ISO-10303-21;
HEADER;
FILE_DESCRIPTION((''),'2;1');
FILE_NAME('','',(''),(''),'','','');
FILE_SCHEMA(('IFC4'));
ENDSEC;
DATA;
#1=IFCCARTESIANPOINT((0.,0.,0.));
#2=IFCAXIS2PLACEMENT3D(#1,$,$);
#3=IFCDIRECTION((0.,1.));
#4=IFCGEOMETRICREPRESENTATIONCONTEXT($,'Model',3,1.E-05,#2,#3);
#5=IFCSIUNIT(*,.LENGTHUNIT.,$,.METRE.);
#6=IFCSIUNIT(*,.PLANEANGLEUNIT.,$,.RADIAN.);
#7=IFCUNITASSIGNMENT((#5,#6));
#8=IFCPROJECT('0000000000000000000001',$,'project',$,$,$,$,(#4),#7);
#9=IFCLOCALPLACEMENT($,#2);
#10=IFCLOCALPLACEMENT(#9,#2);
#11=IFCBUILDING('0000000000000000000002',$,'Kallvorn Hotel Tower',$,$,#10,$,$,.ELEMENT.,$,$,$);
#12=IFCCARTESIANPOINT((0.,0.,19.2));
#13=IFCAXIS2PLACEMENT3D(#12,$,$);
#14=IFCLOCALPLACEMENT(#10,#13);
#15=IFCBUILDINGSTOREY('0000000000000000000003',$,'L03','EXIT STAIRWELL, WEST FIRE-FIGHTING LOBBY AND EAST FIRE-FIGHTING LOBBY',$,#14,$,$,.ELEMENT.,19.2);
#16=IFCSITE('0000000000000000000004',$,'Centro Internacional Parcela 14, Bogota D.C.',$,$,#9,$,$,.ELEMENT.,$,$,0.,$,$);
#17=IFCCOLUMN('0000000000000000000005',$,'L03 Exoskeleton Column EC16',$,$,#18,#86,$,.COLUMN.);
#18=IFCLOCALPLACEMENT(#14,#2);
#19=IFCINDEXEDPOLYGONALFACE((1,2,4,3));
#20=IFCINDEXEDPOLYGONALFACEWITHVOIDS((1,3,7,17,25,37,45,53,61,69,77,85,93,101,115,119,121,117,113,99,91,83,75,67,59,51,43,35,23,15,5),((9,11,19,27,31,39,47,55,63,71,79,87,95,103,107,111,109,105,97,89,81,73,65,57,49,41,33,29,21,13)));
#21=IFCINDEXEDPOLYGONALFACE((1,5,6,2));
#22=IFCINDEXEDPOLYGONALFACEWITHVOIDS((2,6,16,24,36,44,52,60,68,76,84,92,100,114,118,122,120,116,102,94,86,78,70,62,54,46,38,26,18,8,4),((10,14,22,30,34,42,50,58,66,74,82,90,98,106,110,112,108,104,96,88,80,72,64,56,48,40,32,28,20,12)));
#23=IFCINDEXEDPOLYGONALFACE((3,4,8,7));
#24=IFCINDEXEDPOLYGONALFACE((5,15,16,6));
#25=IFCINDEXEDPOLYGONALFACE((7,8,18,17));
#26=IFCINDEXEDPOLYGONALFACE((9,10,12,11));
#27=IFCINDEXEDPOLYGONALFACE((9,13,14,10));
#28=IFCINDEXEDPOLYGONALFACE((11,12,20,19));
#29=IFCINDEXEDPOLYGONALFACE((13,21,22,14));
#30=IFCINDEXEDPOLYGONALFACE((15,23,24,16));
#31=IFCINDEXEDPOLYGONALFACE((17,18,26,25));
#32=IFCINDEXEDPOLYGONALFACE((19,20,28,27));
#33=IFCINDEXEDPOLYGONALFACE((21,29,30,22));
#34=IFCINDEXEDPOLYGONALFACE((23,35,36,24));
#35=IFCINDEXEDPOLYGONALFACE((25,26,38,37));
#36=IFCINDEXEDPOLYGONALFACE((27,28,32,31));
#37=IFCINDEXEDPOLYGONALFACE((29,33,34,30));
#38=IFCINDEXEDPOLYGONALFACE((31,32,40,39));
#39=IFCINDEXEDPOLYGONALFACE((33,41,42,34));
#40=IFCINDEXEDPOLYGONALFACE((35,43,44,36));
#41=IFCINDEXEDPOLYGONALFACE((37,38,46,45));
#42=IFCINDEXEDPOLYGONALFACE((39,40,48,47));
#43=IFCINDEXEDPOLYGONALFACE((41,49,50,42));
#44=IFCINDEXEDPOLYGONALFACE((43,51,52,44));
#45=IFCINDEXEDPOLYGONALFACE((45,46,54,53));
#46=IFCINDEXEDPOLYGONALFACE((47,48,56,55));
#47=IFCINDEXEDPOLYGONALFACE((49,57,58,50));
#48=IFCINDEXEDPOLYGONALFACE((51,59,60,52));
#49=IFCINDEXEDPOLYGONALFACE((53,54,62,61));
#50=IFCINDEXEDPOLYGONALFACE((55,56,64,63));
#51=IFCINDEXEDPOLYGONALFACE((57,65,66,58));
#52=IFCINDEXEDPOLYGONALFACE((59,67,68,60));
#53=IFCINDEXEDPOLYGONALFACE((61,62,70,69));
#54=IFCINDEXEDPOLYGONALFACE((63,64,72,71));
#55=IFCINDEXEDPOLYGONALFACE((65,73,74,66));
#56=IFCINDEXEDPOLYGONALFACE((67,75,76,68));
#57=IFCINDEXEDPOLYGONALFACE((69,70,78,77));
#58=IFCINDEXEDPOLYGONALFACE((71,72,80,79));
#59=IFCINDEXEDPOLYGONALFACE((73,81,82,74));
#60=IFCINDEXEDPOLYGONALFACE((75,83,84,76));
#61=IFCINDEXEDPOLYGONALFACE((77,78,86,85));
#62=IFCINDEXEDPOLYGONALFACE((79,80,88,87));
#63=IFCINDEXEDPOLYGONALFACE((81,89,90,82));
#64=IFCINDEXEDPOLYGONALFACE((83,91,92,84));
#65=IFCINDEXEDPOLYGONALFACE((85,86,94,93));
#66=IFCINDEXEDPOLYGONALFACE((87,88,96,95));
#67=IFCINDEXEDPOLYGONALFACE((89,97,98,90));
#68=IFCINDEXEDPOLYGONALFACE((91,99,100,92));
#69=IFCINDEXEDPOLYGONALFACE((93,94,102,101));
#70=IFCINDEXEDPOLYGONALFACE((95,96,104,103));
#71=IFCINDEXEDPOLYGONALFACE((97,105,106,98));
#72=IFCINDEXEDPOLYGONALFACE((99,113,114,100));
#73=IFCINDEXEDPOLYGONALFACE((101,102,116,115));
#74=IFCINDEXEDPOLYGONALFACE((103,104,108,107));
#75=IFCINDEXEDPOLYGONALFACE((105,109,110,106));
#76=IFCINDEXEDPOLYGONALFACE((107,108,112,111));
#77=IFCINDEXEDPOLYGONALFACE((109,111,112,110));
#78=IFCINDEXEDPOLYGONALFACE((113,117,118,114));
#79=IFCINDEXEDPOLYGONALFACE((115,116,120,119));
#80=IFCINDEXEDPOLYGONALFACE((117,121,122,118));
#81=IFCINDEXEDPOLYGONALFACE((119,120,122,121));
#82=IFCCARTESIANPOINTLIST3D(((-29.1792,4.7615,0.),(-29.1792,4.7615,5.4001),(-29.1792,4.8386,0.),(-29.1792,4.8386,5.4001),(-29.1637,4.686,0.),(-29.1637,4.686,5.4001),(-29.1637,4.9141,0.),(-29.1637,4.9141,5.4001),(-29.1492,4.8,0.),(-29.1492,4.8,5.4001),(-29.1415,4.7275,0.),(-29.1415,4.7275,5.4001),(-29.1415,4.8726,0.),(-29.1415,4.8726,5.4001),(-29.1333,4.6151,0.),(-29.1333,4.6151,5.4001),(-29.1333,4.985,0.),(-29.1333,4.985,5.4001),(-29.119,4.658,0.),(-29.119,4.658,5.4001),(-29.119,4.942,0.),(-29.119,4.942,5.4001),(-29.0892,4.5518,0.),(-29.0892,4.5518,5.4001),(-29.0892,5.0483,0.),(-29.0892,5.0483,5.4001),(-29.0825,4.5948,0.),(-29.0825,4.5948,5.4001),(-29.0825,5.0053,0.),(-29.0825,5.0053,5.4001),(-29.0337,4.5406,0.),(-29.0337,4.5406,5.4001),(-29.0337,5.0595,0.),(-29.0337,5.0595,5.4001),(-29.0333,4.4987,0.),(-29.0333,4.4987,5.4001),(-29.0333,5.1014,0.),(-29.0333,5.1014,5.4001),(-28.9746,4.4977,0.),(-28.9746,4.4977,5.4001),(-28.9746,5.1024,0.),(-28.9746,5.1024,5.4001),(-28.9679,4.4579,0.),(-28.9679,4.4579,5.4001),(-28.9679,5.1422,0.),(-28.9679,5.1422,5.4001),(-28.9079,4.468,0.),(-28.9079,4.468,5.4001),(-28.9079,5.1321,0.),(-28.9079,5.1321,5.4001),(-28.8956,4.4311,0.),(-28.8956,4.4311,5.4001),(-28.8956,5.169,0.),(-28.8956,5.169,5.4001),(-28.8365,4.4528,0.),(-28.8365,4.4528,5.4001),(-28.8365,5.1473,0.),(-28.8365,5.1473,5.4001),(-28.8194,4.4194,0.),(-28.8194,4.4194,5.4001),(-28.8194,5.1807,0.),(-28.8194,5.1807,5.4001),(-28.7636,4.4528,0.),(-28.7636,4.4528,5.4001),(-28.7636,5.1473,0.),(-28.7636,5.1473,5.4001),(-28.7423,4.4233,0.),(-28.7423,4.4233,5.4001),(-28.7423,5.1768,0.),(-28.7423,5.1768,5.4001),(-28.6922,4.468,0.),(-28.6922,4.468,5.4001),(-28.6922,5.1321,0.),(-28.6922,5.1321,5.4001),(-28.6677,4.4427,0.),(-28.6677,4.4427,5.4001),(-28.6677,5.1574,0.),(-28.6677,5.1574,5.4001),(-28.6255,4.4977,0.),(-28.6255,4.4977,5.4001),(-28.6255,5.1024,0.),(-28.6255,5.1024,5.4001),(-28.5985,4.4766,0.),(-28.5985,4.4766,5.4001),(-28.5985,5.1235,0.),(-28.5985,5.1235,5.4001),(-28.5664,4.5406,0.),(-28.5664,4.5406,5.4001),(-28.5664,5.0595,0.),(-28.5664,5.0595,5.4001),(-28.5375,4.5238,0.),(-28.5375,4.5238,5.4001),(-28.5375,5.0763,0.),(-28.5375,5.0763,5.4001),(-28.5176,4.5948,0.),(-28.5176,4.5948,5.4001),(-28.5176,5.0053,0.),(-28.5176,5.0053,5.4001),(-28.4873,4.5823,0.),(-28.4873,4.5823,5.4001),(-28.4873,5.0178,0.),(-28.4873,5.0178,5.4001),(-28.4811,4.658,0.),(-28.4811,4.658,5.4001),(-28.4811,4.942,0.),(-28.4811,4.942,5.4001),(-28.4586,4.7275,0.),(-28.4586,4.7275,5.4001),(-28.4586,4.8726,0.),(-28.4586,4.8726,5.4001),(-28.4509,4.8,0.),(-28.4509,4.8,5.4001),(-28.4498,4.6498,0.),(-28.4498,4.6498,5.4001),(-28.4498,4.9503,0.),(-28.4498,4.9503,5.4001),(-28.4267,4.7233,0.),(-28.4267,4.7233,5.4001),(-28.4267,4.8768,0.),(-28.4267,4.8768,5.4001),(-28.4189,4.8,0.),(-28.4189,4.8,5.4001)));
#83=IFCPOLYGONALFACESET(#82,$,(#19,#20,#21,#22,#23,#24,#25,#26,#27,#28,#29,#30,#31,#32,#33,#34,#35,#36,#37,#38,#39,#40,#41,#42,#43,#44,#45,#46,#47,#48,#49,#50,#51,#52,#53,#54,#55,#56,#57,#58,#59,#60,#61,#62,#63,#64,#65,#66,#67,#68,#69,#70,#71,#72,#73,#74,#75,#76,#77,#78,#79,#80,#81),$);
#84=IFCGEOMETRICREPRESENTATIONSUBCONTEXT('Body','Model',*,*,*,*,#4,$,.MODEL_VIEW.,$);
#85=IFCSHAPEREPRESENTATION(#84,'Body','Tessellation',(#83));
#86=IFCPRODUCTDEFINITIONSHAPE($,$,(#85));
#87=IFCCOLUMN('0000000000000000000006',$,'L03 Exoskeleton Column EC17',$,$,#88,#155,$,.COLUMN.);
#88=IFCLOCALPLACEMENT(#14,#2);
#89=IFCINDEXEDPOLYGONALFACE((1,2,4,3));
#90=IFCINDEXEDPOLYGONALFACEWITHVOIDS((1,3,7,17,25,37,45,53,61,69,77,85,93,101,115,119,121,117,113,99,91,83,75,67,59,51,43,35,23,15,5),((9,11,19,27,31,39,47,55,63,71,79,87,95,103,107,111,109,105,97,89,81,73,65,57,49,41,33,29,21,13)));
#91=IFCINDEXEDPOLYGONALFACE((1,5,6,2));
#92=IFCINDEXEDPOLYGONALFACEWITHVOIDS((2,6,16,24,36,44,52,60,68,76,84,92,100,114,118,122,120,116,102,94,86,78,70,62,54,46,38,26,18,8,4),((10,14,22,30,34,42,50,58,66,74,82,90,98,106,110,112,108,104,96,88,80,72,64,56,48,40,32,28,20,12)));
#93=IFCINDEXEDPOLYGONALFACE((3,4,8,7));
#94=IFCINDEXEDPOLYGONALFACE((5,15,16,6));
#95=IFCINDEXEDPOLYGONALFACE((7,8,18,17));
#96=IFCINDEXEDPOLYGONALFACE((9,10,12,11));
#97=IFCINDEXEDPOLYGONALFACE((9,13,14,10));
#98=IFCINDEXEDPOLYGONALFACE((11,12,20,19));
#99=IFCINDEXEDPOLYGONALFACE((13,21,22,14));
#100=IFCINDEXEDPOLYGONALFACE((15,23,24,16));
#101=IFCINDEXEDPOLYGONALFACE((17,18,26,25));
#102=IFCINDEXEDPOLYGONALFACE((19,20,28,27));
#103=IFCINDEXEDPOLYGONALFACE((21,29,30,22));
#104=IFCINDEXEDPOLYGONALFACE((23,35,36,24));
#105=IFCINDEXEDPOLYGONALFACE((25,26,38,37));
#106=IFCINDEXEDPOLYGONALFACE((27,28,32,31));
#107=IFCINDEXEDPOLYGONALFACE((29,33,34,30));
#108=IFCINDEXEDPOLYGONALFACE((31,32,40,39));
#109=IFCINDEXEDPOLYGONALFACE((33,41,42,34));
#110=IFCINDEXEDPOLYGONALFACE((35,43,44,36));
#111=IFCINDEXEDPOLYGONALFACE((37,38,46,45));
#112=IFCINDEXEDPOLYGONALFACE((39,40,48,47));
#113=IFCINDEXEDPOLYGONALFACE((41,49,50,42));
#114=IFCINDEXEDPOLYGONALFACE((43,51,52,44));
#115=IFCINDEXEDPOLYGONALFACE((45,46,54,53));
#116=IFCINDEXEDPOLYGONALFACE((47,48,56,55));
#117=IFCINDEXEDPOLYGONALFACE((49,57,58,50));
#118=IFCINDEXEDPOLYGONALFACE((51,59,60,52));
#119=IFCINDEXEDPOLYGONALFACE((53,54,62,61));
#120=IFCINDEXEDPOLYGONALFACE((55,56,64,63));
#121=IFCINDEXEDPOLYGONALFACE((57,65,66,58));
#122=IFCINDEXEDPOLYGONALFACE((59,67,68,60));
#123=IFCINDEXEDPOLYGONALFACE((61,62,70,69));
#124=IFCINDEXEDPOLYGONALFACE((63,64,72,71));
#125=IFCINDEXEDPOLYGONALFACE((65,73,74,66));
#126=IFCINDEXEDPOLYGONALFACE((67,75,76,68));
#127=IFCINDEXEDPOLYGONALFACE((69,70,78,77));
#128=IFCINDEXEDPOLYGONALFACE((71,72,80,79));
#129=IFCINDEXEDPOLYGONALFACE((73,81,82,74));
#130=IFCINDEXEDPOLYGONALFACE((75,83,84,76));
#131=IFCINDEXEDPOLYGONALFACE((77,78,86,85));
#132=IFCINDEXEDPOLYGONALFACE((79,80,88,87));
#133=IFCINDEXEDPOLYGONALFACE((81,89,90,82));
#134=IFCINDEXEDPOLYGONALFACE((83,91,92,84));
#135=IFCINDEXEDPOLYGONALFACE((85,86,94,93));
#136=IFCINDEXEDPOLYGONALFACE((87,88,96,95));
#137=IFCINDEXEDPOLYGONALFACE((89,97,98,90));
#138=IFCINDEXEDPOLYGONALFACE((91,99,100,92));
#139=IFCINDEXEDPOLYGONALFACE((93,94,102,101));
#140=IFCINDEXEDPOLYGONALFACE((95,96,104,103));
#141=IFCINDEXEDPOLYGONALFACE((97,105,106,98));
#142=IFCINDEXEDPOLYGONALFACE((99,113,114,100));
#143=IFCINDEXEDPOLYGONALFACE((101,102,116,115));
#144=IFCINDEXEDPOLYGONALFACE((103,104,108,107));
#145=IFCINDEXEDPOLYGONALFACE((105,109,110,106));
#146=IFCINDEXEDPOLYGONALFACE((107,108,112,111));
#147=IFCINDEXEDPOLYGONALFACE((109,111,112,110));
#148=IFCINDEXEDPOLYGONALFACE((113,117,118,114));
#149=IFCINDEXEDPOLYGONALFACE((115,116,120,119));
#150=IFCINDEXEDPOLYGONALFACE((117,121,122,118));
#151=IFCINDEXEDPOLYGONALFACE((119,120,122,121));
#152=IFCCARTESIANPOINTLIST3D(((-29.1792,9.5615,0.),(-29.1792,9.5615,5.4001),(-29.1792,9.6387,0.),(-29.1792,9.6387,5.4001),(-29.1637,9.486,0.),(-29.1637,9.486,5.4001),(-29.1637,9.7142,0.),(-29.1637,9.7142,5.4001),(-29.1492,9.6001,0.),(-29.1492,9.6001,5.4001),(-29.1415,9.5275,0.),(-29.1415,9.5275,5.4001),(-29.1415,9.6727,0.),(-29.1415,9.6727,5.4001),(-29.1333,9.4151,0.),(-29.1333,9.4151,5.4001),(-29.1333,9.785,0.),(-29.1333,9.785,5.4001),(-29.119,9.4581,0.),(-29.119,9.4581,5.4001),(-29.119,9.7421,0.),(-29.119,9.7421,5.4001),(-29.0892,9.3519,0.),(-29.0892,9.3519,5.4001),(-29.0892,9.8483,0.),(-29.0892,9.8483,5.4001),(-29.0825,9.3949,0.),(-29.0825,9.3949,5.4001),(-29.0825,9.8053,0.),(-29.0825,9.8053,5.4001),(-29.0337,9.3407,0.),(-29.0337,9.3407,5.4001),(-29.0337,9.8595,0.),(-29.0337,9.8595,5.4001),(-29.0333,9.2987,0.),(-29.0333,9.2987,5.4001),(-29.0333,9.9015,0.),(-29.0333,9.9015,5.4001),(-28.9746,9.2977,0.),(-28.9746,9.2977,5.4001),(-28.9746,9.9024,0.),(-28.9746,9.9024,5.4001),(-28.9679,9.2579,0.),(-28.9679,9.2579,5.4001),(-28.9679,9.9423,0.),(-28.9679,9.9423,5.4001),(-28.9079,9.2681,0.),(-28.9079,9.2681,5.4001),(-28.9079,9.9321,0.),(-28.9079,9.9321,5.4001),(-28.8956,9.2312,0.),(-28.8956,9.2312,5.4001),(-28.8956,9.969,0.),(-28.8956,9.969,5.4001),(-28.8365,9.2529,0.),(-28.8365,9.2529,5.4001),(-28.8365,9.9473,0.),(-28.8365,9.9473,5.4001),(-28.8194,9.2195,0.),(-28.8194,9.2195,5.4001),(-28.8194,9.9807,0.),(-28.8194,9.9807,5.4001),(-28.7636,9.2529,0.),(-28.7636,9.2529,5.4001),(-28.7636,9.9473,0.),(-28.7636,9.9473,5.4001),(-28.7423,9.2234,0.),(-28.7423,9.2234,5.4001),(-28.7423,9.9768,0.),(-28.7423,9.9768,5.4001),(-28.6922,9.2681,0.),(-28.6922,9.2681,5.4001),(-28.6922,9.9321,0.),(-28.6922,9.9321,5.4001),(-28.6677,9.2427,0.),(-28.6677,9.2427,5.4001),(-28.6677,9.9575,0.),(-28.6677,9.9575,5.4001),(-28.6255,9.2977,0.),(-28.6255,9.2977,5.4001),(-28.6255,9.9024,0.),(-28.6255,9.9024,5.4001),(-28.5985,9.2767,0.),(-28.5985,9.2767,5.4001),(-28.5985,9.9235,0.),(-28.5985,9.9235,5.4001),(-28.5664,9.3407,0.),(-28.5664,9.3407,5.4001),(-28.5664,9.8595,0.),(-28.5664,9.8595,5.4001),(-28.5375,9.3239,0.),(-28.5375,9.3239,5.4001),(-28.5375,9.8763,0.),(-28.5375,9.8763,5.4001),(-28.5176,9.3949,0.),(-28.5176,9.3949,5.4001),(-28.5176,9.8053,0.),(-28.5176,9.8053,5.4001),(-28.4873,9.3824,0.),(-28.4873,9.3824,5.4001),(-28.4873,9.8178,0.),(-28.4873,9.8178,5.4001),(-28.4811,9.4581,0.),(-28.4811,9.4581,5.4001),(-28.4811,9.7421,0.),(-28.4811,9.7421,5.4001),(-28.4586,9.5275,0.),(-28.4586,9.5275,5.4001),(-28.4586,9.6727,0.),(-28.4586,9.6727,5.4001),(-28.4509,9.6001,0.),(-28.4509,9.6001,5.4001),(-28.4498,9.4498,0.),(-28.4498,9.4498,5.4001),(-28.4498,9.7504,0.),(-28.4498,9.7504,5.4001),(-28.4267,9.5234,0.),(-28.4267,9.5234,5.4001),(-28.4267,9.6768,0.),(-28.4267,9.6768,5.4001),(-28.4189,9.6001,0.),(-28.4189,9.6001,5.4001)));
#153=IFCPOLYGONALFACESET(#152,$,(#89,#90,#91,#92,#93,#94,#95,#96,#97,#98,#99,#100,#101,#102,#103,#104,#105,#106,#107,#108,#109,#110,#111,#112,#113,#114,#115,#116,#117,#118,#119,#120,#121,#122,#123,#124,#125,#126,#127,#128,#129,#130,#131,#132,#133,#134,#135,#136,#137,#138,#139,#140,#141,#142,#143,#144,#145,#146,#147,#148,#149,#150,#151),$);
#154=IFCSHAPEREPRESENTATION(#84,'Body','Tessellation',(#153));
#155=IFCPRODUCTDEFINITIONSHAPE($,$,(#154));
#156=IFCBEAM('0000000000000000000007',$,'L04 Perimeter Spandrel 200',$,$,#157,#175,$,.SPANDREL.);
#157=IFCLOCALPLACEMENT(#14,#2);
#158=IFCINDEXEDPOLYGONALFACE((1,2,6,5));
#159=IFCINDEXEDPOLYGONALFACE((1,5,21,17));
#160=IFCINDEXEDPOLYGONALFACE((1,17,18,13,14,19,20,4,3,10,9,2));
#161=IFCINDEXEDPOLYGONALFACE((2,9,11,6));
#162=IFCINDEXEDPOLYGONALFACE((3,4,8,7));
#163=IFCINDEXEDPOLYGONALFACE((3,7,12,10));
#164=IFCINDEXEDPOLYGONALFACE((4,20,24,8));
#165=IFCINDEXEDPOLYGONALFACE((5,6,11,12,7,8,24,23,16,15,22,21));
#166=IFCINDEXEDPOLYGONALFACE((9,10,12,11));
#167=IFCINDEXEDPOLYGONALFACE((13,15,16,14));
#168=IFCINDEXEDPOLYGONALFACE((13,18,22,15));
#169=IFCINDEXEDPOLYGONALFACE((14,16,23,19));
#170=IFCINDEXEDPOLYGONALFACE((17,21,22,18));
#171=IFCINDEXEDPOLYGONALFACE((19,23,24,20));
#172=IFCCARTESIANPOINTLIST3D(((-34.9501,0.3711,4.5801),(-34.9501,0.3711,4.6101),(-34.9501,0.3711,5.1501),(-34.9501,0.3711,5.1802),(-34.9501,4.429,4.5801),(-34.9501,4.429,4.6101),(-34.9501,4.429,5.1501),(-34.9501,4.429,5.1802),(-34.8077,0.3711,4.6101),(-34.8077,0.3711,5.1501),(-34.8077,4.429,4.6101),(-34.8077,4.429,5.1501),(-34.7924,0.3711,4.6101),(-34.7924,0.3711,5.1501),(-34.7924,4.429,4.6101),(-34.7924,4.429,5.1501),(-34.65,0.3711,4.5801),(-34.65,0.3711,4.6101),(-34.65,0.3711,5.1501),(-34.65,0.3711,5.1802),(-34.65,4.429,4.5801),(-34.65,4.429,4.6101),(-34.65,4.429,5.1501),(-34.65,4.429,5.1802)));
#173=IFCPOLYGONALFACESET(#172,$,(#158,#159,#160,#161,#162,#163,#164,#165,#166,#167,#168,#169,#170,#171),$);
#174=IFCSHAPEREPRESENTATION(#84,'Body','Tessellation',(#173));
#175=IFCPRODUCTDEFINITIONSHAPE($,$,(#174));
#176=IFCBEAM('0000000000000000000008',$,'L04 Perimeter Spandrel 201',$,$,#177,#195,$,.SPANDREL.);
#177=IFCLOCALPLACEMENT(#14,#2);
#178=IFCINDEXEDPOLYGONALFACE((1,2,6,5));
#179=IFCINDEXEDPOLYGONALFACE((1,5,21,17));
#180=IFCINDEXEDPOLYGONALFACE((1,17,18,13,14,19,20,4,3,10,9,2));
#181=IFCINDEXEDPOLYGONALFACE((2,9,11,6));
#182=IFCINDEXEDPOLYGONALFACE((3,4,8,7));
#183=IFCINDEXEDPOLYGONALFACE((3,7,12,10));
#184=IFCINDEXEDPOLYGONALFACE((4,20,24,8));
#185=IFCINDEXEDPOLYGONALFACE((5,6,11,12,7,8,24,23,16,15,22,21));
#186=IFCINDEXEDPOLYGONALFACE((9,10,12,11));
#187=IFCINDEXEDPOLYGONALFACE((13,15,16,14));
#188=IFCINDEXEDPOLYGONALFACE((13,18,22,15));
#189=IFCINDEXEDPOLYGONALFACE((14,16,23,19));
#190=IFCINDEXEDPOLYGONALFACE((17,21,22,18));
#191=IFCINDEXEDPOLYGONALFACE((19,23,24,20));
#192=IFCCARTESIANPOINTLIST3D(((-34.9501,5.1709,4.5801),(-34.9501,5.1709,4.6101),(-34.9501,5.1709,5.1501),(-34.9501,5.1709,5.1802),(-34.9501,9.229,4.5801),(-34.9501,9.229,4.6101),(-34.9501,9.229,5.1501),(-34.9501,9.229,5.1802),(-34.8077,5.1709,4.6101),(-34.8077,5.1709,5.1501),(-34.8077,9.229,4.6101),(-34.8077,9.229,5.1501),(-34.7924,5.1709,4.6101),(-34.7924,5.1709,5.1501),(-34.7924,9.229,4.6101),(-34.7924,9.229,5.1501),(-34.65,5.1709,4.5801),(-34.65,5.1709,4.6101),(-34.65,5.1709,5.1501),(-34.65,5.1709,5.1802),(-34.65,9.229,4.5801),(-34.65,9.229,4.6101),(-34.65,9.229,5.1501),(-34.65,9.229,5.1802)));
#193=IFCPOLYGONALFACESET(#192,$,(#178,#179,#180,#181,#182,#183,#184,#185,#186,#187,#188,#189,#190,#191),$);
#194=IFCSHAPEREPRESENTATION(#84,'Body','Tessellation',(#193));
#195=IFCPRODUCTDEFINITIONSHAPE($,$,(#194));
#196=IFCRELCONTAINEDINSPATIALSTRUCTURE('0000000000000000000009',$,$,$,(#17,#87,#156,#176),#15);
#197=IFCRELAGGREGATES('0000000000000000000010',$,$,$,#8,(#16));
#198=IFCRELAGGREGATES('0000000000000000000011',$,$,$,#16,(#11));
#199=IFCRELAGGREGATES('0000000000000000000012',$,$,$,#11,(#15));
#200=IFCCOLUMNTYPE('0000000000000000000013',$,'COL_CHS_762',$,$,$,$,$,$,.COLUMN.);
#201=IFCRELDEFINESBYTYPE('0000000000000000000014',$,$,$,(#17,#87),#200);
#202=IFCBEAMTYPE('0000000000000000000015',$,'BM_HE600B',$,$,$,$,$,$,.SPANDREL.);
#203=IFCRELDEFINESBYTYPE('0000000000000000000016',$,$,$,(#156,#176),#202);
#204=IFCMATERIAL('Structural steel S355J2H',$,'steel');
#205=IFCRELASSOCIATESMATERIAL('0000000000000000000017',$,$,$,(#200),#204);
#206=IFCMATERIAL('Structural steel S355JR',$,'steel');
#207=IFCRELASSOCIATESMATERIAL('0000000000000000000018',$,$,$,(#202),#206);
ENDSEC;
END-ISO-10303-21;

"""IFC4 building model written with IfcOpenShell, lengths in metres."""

from ifc_helpers import new_model, si_unit, direction, frame, origin, origin_2d, place, context, subcontext, project, spatial, hollow_circle, i_section, extrude, material, material_profile, profile_set, type_object, element, save


model = new_model("IFC4")

# Units and contexts
model_context = context("Model", 3, precision=1e-05, world=origin(), true_north=direction((0.0, 1.0)))
body_context = subcontext(model_context, "Body", "Model", "MODEL_VIEW")
ifc_project = project(units=[si_unit("LENGTHUNIT", "METRE"), si_unit("PLANEANGLEUNIT", "RADIAN")], contexts=[model_context])

# Site, building, storey
site_placement = place(None, origin())
site = spatial("IfcSite", under=ifc_project, at=site_placement, Name="Centro Internacional Parcela 14, Bogota D.C.", CompositionType="ELEMENT", RefElevation=0.0)
building_placement = place(site_placement, origin())
building = spatial("IfcBuilding", under=site, at=building_placement, Name="Kallvorn Hotel Tower", CompositionType="ELEMENT")
storey_placement = place(building_placement, frame((0.0, 0.0, 19.2)))
storey = spatial("IfcBuildingStorey", under=building, at=storey_placement, Name="L03", Description="EXIT STAIRWELL, WEST FIRE-FIGHTING LOBBY AND EAST FIRE-FIGHTING LOBBY", CompositionType="ELEMENT", Elevation=19.2)

# Columns
ifc_material_1 = material(Name="Structural steel S355J2H", Category="steel")
ifc_material_profile_1 = material_profile(ifc_material_1, hollow_circle(Radius=0.3811, WallThickness=0.032, at=origin_2d()), Name="CHS 762x32")
ifc_profile_set_1 = profile_set([ifc_material_profile_1], Name="Structural steel S355J2H")
column_type = type_object("IfcColumnType", Name="COL_CHS_762", PredefinedType="COLUMN", material=ifc_profile_set_1)
for number, where, z_axis, x_axis, name in (
    (1, (-28.8, 4.8, 0.0), (0.0, 0.0, 1.0), (1.0, 0.0, 0.0), "L03 Exoskeleton Column EC16"),
    (2, (-28.8, 9.6001, 0.0), (0.0, 0.0, 1.0), (1.0, 0.0, 0.0), "L03 Exoskeleton Column EC17"),
):
    element("IfcColumn", number, at=place(storey_placement, frame(where, z_axis=z_axis, x_axis=x_axis)), inside=storey, type_object=column_type, Name=name, PredefinedType="COLUMN", context=body_context, shape_type="SweptSolid", body=[
        extrude(hollow_circle(Radius=0.3811, WallThickness=0.032, at=origin_2d()), origin(), (0.0, 0.0, 1.0), 5.4001),
    ])

# Beams
ifc_material_2 = material(Name="Structural steel S355JR", Category="steel")
ifc_material_profile_2 = material_profile(ifc_material_2, i_section(OverallWidth=0.3, OverallDepth=0.6001, WebThickness=0.0154, FlangeThickness=0.03, at=origin_2d()), Name="HE 600 B")
ifc_profile_set_2 = profile_set([ifc_material_profile_2], Name="Structural steel S355JR")
beam_type_1 = type_object("IfcBeamType", Name="BM_HE600B", PredefinedType="SPANDREL", material=ifc_profile_set_2)
beam_1_placement = place(storey_placement, frame((-34.8, 0.3711, 4.8801), z_axis=(0.0, 1.0, 0.0), x_axis=(-1.0, 0.0, 0.0)))
element("IfcBeam", 3, at=beam_1_placement, inside=storey, type_object=beam_type_1, Name="L04 Perimeter Spandrel 200", PredefinedType="SPANDREL", context=body_context, shape_type="SweptSolid", body=[
    extrude(i_section(OverallWidth=0.3, OverallDepth=0.6001, WebThickness=0.0154, FlangeThickness=0.03, at=origin_2d()), origin(), (0.0, 0.0, 1.0), 4.0579),
])
beam_2_placement = place(storey_placement, frame((-34.8, 5.1709, 4.8801), z_axis=(0.0, 1.0, 0.0), x_axis=(-1.0, 0.0, 0.0)))
element("IfcBeam", 4, at=beam_2_placement, inside=storey, type_object=beam_type_1, Name="L04 Perimeter Spandrel 201", PredefinedType="SPANDREL", context=body_context, shape_type="SweptSolid", body=[
    extrude(i_section(OverallWidth=0.3, OverallDepth=0.6001, WebThickness=0.0154, FlangeThickness=0.03, at=origin_2d()), origin(), (0.0, 0.0, 1.0), 4.0581),
])

save(model, "model.ifc")
